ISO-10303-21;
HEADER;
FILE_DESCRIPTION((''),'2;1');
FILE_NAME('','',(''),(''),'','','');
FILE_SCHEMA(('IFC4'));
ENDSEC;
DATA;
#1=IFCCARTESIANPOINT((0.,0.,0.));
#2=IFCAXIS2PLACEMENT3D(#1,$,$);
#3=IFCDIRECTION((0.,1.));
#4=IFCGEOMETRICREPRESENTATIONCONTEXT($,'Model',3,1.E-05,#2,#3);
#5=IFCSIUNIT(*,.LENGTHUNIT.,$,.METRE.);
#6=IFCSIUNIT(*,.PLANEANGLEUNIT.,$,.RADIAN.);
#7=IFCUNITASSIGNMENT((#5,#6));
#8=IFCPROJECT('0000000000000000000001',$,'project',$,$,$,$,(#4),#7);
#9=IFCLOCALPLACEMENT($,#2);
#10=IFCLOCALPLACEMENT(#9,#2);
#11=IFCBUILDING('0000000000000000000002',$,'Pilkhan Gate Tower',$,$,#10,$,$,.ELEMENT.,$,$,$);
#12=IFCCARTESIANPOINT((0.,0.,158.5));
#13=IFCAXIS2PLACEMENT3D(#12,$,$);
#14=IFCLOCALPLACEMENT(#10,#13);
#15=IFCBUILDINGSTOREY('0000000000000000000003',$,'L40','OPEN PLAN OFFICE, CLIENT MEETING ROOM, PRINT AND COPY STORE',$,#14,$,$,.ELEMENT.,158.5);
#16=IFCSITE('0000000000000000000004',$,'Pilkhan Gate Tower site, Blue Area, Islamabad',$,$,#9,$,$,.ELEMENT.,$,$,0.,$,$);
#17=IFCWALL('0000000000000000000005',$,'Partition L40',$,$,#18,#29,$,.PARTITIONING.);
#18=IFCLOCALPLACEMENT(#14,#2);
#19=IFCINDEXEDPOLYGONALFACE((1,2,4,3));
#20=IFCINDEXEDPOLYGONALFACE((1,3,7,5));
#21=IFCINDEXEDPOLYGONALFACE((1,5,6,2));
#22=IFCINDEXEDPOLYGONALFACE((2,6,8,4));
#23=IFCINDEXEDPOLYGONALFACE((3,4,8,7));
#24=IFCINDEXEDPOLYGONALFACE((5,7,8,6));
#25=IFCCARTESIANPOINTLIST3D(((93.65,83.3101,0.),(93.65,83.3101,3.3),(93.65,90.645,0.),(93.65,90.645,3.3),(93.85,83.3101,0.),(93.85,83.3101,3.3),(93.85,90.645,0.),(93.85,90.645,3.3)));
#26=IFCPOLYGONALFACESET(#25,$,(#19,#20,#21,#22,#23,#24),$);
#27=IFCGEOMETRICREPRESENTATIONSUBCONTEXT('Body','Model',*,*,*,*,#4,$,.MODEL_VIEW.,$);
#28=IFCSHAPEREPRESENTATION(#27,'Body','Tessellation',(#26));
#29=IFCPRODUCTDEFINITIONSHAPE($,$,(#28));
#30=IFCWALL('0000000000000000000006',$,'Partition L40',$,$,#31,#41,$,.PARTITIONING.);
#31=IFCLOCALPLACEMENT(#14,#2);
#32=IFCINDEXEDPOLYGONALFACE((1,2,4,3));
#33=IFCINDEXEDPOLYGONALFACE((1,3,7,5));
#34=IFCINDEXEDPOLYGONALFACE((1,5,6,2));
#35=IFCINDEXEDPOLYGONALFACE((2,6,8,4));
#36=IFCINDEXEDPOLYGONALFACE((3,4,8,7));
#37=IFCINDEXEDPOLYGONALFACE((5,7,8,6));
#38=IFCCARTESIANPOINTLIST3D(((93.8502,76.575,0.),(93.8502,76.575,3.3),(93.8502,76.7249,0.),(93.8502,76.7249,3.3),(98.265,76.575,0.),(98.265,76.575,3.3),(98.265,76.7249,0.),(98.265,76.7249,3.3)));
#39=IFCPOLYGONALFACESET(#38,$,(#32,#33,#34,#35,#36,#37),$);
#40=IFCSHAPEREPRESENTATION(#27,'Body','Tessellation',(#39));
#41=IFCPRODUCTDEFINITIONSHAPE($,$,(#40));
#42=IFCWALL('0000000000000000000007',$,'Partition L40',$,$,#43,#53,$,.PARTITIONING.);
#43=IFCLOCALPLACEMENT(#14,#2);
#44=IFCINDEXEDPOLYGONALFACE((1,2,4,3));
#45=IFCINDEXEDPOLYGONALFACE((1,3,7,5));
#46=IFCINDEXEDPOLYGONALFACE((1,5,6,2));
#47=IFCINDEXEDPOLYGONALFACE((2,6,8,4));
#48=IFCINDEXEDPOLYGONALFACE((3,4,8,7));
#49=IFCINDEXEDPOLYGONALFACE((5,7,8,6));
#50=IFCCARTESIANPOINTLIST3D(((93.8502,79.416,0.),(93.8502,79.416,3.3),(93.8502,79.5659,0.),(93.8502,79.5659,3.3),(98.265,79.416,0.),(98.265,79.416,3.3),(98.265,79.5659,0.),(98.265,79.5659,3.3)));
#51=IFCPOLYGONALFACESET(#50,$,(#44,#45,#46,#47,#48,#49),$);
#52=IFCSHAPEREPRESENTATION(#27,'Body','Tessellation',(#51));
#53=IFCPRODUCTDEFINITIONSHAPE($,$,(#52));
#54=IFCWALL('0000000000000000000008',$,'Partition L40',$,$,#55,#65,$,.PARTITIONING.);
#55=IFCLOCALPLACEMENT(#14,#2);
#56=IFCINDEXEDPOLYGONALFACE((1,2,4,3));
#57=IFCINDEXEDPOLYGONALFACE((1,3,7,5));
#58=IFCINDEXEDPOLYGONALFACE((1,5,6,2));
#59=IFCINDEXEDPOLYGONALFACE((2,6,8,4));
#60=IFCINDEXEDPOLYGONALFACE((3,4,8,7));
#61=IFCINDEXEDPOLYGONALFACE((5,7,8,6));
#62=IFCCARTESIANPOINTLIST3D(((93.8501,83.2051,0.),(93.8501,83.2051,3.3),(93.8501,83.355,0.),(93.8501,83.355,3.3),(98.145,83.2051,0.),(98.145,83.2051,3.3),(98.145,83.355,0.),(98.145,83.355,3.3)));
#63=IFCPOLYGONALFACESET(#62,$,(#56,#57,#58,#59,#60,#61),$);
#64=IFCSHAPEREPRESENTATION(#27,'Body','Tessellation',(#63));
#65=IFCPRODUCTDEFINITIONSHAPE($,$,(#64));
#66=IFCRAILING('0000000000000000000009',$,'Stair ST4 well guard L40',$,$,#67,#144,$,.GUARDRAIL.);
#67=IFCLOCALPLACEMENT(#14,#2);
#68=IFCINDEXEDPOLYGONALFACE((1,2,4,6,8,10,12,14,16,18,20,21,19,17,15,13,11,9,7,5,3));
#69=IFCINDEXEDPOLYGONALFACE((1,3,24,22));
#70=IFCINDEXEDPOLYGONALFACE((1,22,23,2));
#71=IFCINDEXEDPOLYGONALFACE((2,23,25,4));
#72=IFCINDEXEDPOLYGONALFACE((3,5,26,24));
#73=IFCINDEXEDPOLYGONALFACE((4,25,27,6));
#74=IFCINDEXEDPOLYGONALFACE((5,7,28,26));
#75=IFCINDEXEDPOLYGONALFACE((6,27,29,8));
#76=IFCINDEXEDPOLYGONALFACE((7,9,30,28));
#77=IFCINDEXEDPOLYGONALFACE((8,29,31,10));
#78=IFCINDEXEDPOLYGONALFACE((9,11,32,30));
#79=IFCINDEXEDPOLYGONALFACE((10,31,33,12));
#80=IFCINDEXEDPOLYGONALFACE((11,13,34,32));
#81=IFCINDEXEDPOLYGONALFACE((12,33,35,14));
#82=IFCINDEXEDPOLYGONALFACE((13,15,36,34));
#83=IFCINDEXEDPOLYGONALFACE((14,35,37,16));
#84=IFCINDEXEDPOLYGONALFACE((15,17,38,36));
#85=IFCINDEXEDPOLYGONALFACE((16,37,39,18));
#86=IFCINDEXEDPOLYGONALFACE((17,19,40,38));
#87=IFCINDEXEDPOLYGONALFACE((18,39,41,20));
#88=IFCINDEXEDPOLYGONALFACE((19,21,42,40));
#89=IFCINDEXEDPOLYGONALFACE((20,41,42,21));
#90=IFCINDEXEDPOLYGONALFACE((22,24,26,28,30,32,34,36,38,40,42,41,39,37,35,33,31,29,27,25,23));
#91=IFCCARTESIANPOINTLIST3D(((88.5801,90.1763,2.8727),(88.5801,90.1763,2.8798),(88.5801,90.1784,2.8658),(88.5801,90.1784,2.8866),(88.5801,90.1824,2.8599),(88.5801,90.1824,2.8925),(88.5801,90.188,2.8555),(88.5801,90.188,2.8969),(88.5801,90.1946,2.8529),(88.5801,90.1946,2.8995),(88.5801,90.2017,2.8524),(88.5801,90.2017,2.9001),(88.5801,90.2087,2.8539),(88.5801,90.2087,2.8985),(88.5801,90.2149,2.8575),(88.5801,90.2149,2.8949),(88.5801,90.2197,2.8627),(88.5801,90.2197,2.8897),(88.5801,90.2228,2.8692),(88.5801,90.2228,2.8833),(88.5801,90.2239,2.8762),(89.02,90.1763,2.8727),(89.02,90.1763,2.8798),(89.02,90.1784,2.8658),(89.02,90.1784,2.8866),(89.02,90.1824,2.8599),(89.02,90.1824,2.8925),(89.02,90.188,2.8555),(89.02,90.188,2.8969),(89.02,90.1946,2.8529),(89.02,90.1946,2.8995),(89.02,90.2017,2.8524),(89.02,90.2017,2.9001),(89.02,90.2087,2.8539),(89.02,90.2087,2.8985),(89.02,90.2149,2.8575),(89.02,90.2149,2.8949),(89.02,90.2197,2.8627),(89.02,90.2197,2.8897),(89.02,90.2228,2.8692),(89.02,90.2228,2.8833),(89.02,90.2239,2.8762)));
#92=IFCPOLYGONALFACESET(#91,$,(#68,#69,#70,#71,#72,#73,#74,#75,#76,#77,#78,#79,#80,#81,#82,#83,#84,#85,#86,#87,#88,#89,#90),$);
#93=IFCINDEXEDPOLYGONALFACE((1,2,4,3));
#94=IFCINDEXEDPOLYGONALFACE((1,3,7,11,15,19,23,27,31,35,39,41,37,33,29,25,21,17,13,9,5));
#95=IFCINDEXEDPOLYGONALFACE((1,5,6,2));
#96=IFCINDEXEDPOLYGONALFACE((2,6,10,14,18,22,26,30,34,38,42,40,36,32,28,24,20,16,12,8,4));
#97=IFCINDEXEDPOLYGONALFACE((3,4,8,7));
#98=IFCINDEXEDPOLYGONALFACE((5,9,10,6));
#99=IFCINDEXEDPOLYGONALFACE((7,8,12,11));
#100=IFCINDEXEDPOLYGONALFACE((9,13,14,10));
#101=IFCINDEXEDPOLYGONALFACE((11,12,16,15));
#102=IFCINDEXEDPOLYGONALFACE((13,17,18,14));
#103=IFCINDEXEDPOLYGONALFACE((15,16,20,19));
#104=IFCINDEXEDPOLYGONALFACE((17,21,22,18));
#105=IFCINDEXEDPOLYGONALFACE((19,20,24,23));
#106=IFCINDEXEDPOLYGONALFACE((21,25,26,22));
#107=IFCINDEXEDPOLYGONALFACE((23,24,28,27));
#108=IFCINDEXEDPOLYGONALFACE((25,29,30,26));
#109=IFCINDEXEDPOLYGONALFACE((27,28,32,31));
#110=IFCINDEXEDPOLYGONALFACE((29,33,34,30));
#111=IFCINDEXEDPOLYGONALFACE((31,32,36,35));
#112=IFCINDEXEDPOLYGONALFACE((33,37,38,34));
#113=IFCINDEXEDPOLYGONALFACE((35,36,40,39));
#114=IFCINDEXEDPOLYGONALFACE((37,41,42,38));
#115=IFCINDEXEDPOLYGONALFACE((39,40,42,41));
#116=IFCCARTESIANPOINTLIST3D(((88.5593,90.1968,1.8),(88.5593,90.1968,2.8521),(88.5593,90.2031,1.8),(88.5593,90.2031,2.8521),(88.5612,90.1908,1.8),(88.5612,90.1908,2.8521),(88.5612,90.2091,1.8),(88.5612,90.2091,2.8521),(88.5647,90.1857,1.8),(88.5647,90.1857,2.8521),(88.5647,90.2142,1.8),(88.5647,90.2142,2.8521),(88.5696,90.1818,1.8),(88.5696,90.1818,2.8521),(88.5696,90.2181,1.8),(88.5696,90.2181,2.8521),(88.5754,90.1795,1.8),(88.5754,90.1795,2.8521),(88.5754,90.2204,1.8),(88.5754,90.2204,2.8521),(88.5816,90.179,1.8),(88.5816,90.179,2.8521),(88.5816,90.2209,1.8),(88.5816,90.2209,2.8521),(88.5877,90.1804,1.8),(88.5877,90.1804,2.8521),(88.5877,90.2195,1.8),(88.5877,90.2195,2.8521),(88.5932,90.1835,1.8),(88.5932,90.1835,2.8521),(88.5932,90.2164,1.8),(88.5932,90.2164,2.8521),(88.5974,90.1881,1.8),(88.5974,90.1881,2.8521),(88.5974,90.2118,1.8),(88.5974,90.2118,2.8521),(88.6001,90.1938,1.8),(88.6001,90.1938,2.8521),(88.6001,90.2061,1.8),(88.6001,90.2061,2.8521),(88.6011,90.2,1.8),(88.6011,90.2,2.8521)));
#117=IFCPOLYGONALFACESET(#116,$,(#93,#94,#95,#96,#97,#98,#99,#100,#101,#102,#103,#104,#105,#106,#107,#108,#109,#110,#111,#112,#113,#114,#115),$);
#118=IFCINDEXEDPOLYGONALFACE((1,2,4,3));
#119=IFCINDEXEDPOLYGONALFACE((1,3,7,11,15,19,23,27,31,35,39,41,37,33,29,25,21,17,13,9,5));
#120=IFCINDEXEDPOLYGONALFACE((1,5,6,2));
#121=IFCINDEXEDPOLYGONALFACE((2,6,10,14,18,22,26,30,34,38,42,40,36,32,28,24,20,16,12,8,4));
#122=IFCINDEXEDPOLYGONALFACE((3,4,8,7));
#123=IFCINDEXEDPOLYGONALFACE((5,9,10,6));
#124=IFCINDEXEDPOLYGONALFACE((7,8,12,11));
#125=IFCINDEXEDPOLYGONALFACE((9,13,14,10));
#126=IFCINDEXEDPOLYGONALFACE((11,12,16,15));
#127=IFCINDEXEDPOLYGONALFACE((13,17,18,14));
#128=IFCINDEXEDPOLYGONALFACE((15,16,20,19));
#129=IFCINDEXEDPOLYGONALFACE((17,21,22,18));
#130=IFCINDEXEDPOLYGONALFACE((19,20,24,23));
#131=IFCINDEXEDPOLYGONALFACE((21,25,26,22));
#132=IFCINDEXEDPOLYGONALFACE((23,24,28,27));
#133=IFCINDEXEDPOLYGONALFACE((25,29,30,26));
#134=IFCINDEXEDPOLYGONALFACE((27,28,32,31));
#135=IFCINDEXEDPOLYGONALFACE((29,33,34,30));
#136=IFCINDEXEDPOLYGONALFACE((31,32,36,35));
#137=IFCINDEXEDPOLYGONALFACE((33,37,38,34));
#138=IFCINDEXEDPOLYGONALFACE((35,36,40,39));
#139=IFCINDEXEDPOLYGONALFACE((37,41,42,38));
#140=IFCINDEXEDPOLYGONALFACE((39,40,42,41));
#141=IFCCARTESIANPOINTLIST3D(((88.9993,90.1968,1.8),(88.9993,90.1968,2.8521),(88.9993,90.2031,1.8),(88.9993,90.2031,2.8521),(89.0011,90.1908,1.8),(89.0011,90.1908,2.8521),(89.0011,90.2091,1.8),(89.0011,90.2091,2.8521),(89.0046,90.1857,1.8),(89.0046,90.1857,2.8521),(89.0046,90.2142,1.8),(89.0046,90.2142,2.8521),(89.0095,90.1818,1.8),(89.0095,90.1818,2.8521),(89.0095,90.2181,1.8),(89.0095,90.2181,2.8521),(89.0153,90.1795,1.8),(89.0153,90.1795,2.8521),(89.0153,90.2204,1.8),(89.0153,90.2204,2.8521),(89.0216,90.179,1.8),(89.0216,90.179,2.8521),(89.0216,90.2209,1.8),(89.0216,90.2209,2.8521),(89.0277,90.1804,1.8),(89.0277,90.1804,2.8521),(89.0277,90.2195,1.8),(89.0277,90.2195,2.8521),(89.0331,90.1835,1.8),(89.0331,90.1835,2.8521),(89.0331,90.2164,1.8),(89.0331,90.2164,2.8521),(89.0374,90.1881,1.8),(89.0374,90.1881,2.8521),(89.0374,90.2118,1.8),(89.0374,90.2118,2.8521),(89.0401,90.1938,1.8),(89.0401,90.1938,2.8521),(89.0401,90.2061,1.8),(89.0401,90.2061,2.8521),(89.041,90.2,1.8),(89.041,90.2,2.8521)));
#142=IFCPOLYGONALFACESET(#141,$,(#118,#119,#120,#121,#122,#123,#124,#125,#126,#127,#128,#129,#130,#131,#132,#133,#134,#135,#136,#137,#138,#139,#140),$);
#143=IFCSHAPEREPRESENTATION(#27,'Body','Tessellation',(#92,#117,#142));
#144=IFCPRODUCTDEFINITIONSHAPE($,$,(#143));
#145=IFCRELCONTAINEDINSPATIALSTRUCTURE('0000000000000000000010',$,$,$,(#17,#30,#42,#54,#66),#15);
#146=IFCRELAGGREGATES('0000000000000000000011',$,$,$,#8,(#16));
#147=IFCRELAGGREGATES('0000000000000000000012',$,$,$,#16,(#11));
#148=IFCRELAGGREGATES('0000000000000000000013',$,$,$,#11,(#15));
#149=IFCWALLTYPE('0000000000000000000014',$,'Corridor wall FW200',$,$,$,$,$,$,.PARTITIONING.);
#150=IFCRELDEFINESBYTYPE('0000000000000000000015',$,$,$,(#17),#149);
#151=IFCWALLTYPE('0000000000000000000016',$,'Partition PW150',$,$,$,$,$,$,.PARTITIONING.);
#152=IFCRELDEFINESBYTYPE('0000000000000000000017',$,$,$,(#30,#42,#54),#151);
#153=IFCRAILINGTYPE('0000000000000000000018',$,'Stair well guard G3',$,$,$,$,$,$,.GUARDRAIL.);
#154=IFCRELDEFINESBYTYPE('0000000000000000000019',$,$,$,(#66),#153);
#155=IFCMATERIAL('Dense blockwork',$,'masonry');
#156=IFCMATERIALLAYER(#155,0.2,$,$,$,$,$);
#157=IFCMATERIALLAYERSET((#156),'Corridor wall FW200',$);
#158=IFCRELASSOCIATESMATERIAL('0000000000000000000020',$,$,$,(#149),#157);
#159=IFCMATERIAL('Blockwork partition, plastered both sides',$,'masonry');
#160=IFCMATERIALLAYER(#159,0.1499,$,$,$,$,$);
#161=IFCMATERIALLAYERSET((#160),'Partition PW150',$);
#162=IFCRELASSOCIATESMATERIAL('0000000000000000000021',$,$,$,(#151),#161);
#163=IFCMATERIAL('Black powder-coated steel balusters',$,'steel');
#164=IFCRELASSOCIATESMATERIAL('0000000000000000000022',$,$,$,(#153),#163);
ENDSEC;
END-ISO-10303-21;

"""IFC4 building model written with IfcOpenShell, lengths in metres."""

from ifc_helpers import new_model, si_unit, direction, frame, frame_2d, origin, origin_2d, place, context, subcontext, project, spatial, rectangle, circle, extrude, material, layer, layer_set, type_object, element, save


model = new_model("IFC4")

# Units and contexts
model_context = context("Model", 3, precision=1e-05, world=origin(), true_north=direction((0.0, 1.0)))
body_context = subcontext(model_context, "Body", "Model", "MODEL_VIEW")
ifc_project = project(units=[si_unit("LENGTHUNIT", "METRE"), si_unit("PLANEANGLEUNIT", "RADIAN")], contexts=[model_context])

# Site, building, storey
site_placement = place(None, origin())
site = spatial("IfcSite", under=ifc_project, at=site_placement, Name="Pilkhan Gate Tower site, Blue Area, Islamabad", CompositionType="ELEMENT", RefElevation=0.0)
building_placement = place(site_placement, origin())
building = spatial("IfcBuilding", under=site, at=building_placement, Name="Pilkhan Gate Tower", CompositionType="ELEMENT")
storey_placement = place(building_placement, frame((0.0, 0.0, 158.5)))
storey = spatial("IfcBuildingStorey", under=building, at=storey_placement, Name="L40", Description="OPEN PLAN OFFICE, CLIENT MEETING ROOM, PRINT AND COPY STORE", CompositionType="ELEMENT", Elevation=158.5)

# Walls
ifc_material_1 = material(Name="Dense blockwork", Category="masonry")
ifc_layer_1 = layer(ifc_material_1, 0.2)
ifc_layer_set_1 = layer_set([ifc_layer_1], Name="Corridor wall FW200")
wall_type_1 = type_object("IfcWallType", Name="Corridor wall FW200", PredefinedType="PARTITIONING", material=ifc_layer_set_1)
wall_1_placement = place(storey_placement, frame((93.75, 83.3101, 0.0), z_axis=(0.0, 0.0, 1.0), x_axis=(0.0, 1.0, 0.0)))
element("IfcWall", 1, at=wall_1_placement, inside=storey, type_object=wall_type_1, Name="Partition L40", PredefinedType="PARTITIONING", context=body_context, shape_type="SweptSolid", body=[
    extrude(rectangle(XDim=7.335, YDim=0.2, at=frame_2d((3.6675, 0.0))), origin(), (0.0, 0.0, 1.0), 3.3),
])
ifc_material_2 = material(Name="Blockwork partition, plastered both sides", Category="masonry")
ifc_layer_2 = layer(ifc_material_2, 0.1499)
ifc_layer_set_2 = layer_set([ifc_layer_2], Name="Partition PW150")
wall_type_2 = type_object("IfcWallType", Name="Partition PW150", PredefinedType="PARTITIONING", material=ifc_layer_set_2)
for number, where, z_axis, x_axis, name in (
    (2, (93.8501, 76.6499, 0.0), (0.0, 0.0, 1.0), (1.0, 0.0, 0.0), "Partition L40"),
    (3, (93.8501, 79.491, 0.0), (0.0, 0.0, 1.0), (1.0, 0.0, 0.0), "Partition L40"),
):
    element("IfcWall", number, at=place(storey_placement, frame(where, z_axis=z_axis, x_axis=x_axis)), inside=storey, type_object=wall_type_2, Name=name, PredefinedType="PARTITIONING", context=body_context, shape_type="SweptSolid", body=[
        extrude(rectangle(XDim=4.4148, YDim=0.1499, at=frame_2d((2.2075, 0.0))), origin(), (0.0, 0.0, 1.0), 3.3),
    ])
wall_2_placement = place(storey_placement, frame((93.8501, 83.28, 0.0), z_axis=(0.0, 0.0, 1.0), x_axis=(1.0, 0.0, 0.0)))
element("IfcWall", 4, at=wall_2_placement, inside=storey, type_object=wall_type_2, Name="Partition L40", PredefinedType="PARTITIONING", context=body_context, shape_type="SweptSolid", body=[
    extrude(rectangle(XDim=4.2949, YDim=0.1499, at=frame_2d((2.1475, 0.0))), origin(), (0.0, 0.0, 1.0), 3.3),
])

# Railing
ifc_material_3 = material(Name="Black powder-coated steel balusters", Category="steel")
railing_type = type_object("IfcRailingType", Name="Stair well guard G3", PredefinedType="GUARDRAIL", material=ifc_material_3)
railing_placement = place(storey_placement, frame((88.5801, 90.2, 1.8)))
element("IfcRailing", 5, at=railing_placement, inside=storey, type_object=railing_type, Name="Stair ST4 well guard L40", PredefinedType="GUARDRAIL", context=body_context, shape_type="SweptSolid", body=[
    extrude(circle(Radius=0.0239, at=origin_2d()), frame((0.0, 0.0, 1.0762), z_axis=(1.0, 0.0, 0.0), x_axis=(0.0, 1.0, 0.0)), (0.0, 0.0, 1.0), 0.4399),
    extrude(circle(Radius=0.021, at=origin_2d()), origin(), (0.0, 0.0, 1.0), 1.052),
    extrude(circle(Radius=0.021, at=origin_2d()), frame((0.4399, 0.0, 0.0)), (0.0, 0.0, 1.0), 1.052),
])

save(model, "model.ifc")
